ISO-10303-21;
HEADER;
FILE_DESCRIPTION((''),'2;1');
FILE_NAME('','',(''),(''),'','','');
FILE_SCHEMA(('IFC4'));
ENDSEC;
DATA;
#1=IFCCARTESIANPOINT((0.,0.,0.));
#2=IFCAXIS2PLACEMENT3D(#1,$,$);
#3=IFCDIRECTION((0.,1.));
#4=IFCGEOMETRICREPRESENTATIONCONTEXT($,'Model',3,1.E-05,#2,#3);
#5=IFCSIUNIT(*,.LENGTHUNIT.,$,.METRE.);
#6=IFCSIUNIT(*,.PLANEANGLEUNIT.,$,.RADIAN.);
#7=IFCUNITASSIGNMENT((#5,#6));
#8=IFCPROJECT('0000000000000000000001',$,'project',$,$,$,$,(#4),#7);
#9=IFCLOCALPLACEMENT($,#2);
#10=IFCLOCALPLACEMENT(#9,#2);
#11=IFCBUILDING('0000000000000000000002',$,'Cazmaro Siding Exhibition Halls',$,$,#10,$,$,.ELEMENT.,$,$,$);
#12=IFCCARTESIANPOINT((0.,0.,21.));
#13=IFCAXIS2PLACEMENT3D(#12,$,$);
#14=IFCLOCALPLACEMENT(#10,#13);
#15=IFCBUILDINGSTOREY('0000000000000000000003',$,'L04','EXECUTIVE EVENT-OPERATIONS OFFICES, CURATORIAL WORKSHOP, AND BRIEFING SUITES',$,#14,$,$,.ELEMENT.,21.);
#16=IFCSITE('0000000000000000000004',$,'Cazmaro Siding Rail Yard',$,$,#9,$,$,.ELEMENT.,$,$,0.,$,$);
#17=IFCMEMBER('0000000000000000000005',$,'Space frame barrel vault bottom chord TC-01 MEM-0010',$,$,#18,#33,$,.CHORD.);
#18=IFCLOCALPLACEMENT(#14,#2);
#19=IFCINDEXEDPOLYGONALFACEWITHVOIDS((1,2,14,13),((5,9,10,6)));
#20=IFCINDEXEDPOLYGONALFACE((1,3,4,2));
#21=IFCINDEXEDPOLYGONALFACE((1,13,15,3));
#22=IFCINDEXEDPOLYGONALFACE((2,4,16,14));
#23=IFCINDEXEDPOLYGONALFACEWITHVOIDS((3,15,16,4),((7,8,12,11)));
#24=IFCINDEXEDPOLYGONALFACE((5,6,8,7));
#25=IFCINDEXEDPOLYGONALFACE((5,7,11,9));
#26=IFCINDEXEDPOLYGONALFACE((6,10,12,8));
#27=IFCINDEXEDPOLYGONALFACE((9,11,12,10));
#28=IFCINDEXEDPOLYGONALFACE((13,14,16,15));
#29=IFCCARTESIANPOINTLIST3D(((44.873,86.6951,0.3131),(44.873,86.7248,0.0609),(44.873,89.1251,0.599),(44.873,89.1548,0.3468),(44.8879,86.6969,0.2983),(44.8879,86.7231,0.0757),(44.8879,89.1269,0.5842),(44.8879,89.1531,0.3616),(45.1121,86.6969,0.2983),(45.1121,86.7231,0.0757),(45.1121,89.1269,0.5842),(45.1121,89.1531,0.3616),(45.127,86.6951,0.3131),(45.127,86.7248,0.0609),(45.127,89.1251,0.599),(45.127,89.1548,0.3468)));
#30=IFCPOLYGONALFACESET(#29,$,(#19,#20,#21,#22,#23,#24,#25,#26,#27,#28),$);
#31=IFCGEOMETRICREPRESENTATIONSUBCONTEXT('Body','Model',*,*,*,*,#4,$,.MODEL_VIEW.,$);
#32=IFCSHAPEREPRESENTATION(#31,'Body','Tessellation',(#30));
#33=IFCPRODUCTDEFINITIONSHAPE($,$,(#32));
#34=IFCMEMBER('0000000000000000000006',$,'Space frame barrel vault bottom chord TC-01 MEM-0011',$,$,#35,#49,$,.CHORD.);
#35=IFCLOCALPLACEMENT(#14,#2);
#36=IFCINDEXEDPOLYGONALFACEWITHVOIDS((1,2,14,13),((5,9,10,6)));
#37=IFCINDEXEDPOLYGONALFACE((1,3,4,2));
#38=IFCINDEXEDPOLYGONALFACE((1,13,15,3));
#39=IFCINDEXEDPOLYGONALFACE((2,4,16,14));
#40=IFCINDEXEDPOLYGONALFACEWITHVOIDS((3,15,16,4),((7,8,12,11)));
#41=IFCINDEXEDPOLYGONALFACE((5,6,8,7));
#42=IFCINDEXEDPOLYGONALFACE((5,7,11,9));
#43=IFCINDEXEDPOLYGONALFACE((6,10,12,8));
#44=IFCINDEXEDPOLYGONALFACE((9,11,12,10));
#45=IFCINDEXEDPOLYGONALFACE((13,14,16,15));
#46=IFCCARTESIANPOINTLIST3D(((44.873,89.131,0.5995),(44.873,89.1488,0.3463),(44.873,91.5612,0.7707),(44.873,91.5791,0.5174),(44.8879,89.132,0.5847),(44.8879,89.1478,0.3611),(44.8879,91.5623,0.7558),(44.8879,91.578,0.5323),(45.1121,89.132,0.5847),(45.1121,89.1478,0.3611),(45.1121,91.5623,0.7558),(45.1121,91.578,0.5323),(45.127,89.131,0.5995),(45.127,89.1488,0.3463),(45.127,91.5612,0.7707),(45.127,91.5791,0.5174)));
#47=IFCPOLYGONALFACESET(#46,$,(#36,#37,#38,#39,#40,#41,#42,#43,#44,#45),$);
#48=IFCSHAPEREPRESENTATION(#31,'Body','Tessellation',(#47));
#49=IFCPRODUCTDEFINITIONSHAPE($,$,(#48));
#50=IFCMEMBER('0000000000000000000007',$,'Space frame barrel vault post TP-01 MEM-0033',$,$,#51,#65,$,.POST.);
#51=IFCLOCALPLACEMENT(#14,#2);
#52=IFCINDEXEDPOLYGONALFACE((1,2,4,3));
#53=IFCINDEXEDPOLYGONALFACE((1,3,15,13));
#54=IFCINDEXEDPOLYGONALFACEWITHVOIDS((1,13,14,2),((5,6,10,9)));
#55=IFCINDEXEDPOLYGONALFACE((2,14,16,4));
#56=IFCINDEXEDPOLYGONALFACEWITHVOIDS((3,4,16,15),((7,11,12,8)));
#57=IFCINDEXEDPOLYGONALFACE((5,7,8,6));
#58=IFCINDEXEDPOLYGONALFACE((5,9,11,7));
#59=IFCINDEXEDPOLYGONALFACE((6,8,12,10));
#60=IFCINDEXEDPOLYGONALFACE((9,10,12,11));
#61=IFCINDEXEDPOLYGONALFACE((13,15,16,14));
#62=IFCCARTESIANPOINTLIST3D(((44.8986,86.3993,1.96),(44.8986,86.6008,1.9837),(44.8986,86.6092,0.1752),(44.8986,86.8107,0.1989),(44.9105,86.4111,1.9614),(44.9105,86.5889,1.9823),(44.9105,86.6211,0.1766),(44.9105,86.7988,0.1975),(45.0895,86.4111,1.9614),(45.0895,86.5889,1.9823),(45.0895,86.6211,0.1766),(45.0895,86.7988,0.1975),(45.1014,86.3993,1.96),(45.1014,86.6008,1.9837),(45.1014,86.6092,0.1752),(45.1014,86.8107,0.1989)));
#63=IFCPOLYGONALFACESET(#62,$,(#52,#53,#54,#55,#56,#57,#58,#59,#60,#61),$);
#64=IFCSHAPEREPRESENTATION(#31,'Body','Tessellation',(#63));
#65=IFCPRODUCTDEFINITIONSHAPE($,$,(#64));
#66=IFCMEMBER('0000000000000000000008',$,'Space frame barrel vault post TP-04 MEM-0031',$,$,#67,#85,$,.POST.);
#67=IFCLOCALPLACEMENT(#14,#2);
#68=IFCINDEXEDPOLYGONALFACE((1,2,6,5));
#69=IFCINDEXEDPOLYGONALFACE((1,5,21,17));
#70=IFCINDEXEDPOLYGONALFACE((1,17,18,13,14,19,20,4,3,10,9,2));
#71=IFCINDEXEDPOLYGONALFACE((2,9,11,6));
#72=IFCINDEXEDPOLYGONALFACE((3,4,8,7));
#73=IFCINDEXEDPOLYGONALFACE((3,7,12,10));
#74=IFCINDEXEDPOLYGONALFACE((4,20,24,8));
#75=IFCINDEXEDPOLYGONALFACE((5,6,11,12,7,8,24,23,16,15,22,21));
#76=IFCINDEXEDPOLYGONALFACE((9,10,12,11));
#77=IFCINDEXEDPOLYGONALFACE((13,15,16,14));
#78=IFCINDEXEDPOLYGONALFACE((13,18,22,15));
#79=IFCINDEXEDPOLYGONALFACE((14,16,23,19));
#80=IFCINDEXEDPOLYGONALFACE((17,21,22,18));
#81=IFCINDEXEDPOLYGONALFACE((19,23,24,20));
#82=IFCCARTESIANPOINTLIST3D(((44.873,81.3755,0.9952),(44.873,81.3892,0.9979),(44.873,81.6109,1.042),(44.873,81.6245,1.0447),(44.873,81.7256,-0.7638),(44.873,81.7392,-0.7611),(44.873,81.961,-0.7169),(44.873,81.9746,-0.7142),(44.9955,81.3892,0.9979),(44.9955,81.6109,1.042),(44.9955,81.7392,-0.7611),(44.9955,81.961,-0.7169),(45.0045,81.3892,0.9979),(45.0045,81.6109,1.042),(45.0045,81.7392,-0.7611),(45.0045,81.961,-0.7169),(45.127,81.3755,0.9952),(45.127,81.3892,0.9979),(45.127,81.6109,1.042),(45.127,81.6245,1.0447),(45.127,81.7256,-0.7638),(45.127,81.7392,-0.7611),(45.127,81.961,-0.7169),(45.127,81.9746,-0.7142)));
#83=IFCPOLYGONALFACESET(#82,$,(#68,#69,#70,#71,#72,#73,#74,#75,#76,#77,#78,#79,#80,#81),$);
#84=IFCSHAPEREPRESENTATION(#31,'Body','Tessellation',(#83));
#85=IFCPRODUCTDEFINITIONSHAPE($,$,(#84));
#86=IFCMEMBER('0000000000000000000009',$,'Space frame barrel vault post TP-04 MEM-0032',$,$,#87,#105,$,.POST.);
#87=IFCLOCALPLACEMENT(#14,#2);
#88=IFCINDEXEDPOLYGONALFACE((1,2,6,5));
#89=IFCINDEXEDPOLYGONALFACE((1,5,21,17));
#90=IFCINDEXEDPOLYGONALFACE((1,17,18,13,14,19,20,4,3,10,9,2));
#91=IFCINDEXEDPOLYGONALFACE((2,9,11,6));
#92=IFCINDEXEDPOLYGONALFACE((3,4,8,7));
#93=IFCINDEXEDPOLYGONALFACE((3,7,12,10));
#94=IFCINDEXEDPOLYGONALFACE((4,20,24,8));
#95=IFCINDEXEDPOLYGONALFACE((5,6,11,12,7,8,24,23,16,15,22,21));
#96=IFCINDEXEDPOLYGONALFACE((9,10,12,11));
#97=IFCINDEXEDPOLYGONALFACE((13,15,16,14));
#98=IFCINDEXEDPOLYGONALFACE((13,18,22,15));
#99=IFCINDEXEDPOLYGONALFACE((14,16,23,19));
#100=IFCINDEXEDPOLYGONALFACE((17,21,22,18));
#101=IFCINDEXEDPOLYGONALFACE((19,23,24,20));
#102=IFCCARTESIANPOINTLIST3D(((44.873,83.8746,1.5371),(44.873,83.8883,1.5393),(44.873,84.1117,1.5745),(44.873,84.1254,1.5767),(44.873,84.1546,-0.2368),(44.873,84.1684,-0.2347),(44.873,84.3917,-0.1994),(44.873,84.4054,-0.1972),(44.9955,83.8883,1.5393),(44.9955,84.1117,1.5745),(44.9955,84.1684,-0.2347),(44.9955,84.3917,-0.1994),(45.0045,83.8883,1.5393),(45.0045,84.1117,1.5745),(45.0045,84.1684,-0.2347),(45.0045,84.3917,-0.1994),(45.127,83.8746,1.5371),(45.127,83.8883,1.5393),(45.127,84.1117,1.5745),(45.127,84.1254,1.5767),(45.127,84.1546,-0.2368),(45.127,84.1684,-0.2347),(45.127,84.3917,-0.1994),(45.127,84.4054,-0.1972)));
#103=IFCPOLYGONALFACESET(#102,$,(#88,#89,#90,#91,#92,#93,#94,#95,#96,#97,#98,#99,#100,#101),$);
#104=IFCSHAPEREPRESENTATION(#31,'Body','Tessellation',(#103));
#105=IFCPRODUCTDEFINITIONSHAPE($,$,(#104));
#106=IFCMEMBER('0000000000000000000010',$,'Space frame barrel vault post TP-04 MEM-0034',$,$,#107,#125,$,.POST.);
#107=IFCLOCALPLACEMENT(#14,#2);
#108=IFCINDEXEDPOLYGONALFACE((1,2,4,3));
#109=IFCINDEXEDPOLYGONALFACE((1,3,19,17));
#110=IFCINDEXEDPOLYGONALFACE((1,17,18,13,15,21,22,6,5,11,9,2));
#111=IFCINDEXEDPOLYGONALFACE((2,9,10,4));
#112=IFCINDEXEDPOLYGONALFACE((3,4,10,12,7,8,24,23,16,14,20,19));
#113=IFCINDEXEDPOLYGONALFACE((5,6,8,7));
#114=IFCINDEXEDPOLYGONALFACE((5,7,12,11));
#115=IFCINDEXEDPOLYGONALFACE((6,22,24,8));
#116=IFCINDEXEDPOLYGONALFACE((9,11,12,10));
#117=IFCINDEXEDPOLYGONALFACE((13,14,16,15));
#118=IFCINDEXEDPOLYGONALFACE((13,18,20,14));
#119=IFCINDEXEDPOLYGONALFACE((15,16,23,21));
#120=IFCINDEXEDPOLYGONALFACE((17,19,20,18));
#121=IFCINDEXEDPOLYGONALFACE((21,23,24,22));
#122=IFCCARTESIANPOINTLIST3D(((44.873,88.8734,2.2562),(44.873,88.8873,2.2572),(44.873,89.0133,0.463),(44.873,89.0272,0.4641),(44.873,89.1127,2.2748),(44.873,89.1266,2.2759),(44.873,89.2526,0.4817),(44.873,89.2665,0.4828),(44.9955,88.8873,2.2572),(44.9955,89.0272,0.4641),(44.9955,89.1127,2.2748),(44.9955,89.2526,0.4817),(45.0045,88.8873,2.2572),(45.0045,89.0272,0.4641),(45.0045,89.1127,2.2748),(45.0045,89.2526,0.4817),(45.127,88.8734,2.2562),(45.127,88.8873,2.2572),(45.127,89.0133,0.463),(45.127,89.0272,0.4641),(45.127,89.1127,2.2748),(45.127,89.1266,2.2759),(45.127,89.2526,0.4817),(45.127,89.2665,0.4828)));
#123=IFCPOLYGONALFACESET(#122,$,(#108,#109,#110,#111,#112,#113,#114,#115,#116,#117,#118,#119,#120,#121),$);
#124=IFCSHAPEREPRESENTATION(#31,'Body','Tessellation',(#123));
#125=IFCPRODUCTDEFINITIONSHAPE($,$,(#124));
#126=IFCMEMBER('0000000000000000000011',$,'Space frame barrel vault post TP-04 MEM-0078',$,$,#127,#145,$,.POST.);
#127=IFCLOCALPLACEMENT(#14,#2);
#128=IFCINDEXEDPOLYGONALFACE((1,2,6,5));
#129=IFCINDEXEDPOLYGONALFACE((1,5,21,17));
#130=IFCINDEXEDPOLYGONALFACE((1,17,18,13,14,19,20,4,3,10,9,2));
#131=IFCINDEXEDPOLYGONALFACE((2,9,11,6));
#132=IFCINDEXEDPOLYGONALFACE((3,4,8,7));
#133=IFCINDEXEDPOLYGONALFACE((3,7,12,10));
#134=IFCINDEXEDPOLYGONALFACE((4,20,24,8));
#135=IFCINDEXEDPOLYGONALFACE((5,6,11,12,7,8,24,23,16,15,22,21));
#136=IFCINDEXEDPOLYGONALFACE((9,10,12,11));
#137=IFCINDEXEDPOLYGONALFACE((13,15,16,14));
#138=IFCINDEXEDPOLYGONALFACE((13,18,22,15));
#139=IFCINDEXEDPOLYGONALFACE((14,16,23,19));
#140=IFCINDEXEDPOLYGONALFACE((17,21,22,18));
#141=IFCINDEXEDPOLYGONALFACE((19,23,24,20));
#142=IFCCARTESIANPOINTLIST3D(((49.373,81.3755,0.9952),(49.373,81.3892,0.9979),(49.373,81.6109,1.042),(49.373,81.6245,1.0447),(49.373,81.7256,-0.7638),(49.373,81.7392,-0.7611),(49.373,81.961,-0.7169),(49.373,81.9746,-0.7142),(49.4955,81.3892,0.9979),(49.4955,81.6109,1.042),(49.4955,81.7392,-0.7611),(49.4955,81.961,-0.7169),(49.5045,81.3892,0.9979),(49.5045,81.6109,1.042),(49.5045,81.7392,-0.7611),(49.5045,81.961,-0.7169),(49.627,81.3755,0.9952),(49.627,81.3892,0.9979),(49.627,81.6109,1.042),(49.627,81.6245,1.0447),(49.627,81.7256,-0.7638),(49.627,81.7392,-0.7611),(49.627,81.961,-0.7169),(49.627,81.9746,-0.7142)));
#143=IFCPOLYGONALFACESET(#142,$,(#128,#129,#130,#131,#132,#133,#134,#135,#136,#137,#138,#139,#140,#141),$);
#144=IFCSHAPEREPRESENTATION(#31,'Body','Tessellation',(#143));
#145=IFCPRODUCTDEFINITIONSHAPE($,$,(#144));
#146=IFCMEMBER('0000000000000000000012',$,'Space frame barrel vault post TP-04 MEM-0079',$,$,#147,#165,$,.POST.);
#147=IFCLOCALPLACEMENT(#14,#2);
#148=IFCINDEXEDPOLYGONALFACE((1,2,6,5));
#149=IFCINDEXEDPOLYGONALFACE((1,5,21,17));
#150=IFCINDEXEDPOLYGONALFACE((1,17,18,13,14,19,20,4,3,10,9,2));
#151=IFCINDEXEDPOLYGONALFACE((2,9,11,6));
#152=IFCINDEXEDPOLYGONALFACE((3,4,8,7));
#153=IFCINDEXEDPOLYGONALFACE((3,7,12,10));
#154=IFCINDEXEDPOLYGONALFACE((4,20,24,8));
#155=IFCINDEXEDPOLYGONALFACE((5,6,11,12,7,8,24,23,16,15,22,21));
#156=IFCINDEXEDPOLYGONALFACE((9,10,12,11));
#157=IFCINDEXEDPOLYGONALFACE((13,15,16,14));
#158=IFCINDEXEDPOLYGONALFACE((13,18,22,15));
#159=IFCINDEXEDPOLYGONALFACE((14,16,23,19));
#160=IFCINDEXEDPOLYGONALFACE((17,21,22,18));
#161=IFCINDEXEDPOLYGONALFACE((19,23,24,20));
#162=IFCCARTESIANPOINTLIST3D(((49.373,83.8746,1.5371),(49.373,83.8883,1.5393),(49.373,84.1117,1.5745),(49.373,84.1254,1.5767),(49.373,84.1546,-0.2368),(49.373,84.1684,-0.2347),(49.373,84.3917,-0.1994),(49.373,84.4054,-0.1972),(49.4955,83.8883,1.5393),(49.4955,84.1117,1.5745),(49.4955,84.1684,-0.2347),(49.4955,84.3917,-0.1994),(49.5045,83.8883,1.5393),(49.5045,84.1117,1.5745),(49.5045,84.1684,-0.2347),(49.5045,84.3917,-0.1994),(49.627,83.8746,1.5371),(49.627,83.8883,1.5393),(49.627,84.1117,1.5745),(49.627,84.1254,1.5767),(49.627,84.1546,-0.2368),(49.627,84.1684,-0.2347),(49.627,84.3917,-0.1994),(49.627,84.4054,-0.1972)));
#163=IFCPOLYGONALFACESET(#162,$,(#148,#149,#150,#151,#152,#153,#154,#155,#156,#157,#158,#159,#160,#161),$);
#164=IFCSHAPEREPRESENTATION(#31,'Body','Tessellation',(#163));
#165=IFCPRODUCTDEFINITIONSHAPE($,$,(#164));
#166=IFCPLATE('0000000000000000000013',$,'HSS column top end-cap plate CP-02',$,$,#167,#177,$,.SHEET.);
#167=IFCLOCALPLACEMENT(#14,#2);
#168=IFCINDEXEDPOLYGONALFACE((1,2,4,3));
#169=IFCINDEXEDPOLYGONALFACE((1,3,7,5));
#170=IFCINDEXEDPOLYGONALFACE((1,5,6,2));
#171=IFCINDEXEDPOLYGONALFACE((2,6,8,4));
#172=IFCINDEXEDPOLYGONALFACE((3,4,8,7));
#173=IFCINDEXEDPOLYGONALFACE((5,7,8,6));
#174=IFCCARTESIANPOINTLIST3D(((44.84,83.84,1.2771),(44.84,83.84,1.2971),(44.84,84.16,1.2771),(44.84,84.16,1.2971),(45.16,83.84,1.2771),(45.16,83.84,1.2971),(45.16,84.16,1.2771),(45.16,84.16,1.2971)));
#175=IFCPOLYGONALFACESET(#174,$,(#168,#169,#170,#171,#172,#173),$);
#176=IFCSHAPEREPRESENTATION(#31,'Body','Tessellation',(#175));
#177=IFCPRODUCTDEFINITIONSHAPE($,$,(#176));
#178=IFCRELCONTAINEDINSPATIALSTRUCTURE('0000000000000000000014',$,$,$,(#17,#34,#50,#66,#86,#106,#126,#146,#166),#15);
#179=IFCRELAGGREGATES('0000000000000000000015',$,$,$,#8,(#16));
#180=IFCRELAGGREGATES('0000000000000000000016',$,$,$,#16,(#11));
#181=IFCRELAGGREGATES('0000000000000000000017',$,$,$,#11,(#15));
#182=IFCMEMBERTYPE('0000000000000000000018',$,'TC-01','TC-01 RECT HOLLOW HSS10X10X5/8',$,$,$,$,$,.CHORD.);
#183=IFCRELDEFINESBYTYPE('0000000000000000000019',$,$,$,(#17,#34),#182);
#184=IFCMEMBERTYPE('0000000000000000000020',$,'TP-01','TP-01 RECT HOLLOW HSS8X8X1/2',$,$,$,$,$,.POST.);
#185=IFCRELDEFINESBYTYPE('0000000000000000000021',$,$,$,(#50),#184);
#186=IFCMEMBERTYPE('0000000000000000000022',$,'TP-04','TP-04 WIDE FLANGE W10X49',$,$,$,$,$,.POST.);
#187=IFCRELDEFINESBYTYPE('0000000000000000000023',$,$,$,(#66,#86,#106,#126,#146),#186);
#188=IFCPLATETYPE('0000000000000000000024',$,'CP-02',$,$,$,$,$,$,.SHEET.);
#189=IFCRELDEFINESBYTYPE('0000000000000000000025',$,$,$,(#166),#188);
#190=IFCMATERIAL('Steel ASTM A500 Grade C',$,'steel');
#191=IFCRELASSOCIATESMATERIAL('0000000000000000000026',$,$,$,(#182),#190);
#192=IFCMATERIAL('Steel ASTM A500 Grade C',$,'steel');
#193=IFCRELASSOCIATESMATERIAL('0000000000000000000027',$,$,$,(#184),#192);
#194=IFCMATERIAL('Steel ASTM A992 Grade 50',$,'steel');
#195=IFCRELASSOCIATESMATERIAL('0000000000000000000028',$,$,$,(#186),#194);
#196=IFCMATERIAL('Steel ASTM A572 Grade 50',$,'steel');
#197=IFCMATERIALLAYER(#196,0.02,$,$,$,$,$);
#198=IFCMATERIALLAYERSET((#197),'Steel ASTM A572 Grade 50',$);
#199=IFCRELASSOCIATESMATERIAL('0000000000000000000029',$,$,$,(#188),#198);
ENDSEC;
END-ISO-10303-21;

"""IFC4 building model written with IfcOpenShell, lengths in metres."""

from ifc_helpers import new_model, si_unit, direction, frame, origin, origin_2d, place, context, subcontext, project, spatial, rectangle, hollow_rectangle, i_section, extrude, material, layer, layer_set, material_profile, profile_set, type_object, element, save


model = new_model("IFC4")

# Units and contexts
model_context = context("Model", 3, precision=1e-05, world=origin(), true_north=direction((0.0, 1.0)))
body_context = subcontext(model_context, "Body", "Model", "MODEL_VIEW")
ifc_project = project(units=[si_unit("LENGTHUNIT", "METRE"), si_unit("PLANEANGLEUNIT", "RADIAN")], contexts=[model_context])

# Site, building, storey
site_placement = place(None, origin())
site = spatial("IfcSite", under=ifc_project, at=site_placement, Name="Cazmaro Siding Rail Yard", CompositionType="ELEMENT", RefElevation=0.0)
building_placement = place(site_placement, origin())
building = spatial("IfcBuilding", under=site, at=building_placement, Name="Cazmaro Siding Exhibition Halls", CompositionType="ELEMENT")
storey_placement = place(building_placement, frame((0.0, 0.0, 21.0)))
storey = spatial("IfcBuildingStorey", under=building, at=storey_placement, Name="L04", Description="EXECUTIVE EVENT-OPERATIONS OFFICES, CURATORIAL WORKSHOP, AND BRIEFING SUITES", CompositionType="ELEMENT", Elevation=21.0)

# Members
ifc_material_1 = material(Name="Steel ASTM A500 Grade C", Category="steel")
ifc_material_profile_1 = material_profile(ifc_material_1, hollow_rectangle(XDim=0.2539, YDim=0.2539, WallThickness=0.0149, at=origin_2d()), Name="HSS10X10X5/8")
ifc_profile_set_1 = profile_set([ifc_material_profile_1], Name="Steel ASTM A500 Grade C")
member_type_1 = type_object("IfcMemberType", Name="TC-01", Description="TC-01 RECT HOLLOW HSS10X10X5/8", PredefinedType="CHORD", material=ifc_profile_set_1)
member_1_placement = place(storey_placement, frame((45.0, 86.71, 0.187), z_axis=(0.0, 0.99315, 0.116847), x_axis=(-1.0, 0.0, 0.0)))
element("IfcMember", 1, at=member_1_placement, inside=storey, type_object=member_type_1, Name="Space frame barrel vault bottom chord TC-01 MEM-0010", PredefinedType="CHORD", context=body_context, shape_type="SweptSolid", body=[
    extrude(hollow_rectangle(XDim=0.2539, YDim=0.2539, WallThickness=0.0149, at=origin_2d()), origin(), (0.0, 0.0, 1.0), 2.4468),
])
member_2_placement = place(storey_placement, frame((45.0, 89.1399, 0.4729), z_axis=(0.0, 0.997529, 0.07025), x_axis=(-1.0, 0.0, 0.0)))
element("IfcMember", 2, at=member_2_placement, inside=storey, type_object=member_type_1, Name="Space frame barrel vault bottom chord TC-01 MEM-0011", PredefinedType="CHORD", context=body_context, shape_type="SweptSolid", body=[
    extrude(hollow_rectangle(XDim=0.2539, YDim=0.2539, WallThickness=0.0149, at=origin_2d()), origin(), (0.0, 0.0, 1.0), 2.4363),
])
ifc_material_2 = material(Name="Steel ASTM A500 Grade C", Category="steel")
ifc_material_profile_2 = material_profile(ifc_material_2, hollow_rectangle(XDim=0.2029, YDim=0.2029, WallThickness=0.012, at=origin_2d()), Name="HSS8X8X1/2")
ifc_profile_set_2 = profile_set([ifc_material_profile_2], Name="Steel ASTM A500 Grade C")
member_type_2 = type_object("IfcMemberType", Name="TP-01", Description="TP-01 RECT HOLLOW HSS8X8X1/2", PredefinedType="POST", material=ifc_profile_set_2)
member_3_placement = place(storey_placement, frame((45.0, 86.71, 0.187), z_axis=(0.0, -0.116825, 0.993152), x_axis=(1.0, 0.0, 0.0)))
element("IfcMember", 3, at=member_3_placement, inside=storey, type_object=member_type_2, Name="Space frame barrel vault post TP-01 MEM-0033", PredefinedType="POST", context=body_context, shape_type="SweptSolid", body=[
    extrude(hollow_rectangle(XDim=0.2029, YDim=0.2029, WallThickness=0.012, at=origin_2d()), origin(), (0.0, 0.0, 1.0), 1.7971),
])
ifc_material_3 = material(Name="Steel ASTM A992 Grade 50", Category="steel")
ifc_material_profile_3 = material_profile(ifc_material_3, i_section(OverallWidth=0.2539, OverallDepth=0.2539, WebThickness=0.009, FlangeThickness=0.0139, at=origin_2d()), Name="W10X49")
ifc_profile_set_3 = profile_set([ifc_material_profile_3], Name="Steel ASTM A992 Grade 50")
member_type_3 = type_object("IfcMemberType", Name="TP-04", Description="TP-04 WIDE FLANGE W10X49", PredefinedType="POST", material=ifc_profile_set_3)
member_4_placement = place(storey_placement, frame((45.0, 81.8501, -0.739), z_axis=(0.0, -0.1952, 0.980763), x_axis=(1.0, 0.0, 0.0)))
element("IfcMember", 4, at=member_4_placement, inside=storey, type_object=member_type_3, Name="Space frame barrel vault post TP-04 MEM-0031", PredefinedType="POST", context=body_context, shape_type="SweptSolid", body=[
    extrude(i_section(OverallWidth=0.2539, OverallDepth=0.2539, WebThickness=0.009, FlangeThickness=0.0139, at=origin_2d()), origin(), (0.0, 0.0, 1.0), 1.7935),
])
member_5_placement = place(storey_placement, frame((45.0, 84.28, -0.217), z_axis=(0.0, -0.155928, 0.987768), x_axis=(1.0, 0.0, 0.0)))
element("IfcMember", 5, at=member_5_placement, inside=storey, type_object=member_type_3, Name="Space frame barrel vault post TP-04 MEM-0032", PredefinedType="POST", context=body_context, shape_type="SweptSolid", body=[
    extrude(i_section(OverallWidth=0.2539, OverallDepth=0.2539, WebThickness=0.009, FlangeThickness=0.0139, at=origin_2d()), origin(), (0.0, 0.0, 1.0), 1.7959),
])
member_6_placement = place(storey_placement, frame((45.0, 89.1399, 0.4729), z_axis=(0.0, -0.077776, 0.996971), x_axis=(1.0, 0.0, 0.0)))
element("IfcMember", 6, at=member_6_placement, inside=storey, type_object=member_type_3, Name="Space frame barrel vault post TP-04 MEM-0034", PredefinedType="POST", context=body_context, shape_type="SweptSolid", body=[
    extrude(i_section(OverallWidth=0.2539, OverallDepth=0.2539, WebThickness=0.009, FlangeThickness=0.0139, at=origin_2d()), origin(), (0.0, 0.0, 1.0), 1.7986),
])
member_7_placement = place(storey_placement, frame((49.5, 81.8501, -0.739), z_axis=(0.0, -0.1952, 0.980763), x_axis=(1.0, 0.0, 0.0)))
element("IfcMember", 7, at=member_7_placement, inside=storey, type_object=member_type_3, Name="Space frame barrel vault post TP-04 MEM-0078", PredefinedType="POST", context=body_context, shape_type="SweptSolid", body=[
    extrude(i_section(OverallWidth=0.2539, OverallDepth=0.2539, WebThickness=0.009, FlangeThickness=0.0139, at=origin_2d()), origin(), (0.0, 0.0, 1.0), 1.7935),
])
member_8_placement = place(storey_placement, frame((49.5, 84.28, -0.217), z_axis=(0.0, -0.155928, 0.987768), x_axis=(1.0, 0.0, 0.0)))
element("IfcMember", 8, at=member_8_placement, inside=storey, type_object=member_type_3, Name="Space frame barrel vault post TP-04 MEM-0079", PredefinedType="POST", context=body_context, shape_type="SweptSolid", body=[
    extrude(i_section(OverallWidth=0.2539, OverallDepth=0.2539, WebThickness=0.009, FlangeThickness=0.0139, at=origin_2d()), origin(), (0.0, 0.0, 1.0), 1.7959),
])

# Plate
ifc_material_4 = material(Name="Steel ASTM A572 Grade 50", Category="steel")
ifc_layer_1 = layer(ifc_material_4, 0.02)
ifc_layer_set_1 = layer_set([ifc_layer_1], Name="Steel ASTM A572 Grade 50")
plate_type_1 = type_object("IfcPlateType", Name="CP-02", PredefinedType="SHEET", material=ifc_layer_set_1)
plate_placement = place(storey_placement, frame((45.0, 84.0, 1.2771), z_axis=(0.0, 0.0, 1.0), x_axis=(1.0, 0.0, 0.0)))
element("IfcPlate", 9, at=plate_placement, inside=storey, type_object=plate_type_1, Name="HSS column top end-cap plate CP-02", PredefinedType="SHEET", context=body_context, shape_type="SweptSolid", body=[
    extrude(rectangle(XDim=0.3201, YDim=0.3201, at=origin_2d()), origin(), (0.0, 0.0, 1.0), 0.02),
])

save(model, "model.ifc")
